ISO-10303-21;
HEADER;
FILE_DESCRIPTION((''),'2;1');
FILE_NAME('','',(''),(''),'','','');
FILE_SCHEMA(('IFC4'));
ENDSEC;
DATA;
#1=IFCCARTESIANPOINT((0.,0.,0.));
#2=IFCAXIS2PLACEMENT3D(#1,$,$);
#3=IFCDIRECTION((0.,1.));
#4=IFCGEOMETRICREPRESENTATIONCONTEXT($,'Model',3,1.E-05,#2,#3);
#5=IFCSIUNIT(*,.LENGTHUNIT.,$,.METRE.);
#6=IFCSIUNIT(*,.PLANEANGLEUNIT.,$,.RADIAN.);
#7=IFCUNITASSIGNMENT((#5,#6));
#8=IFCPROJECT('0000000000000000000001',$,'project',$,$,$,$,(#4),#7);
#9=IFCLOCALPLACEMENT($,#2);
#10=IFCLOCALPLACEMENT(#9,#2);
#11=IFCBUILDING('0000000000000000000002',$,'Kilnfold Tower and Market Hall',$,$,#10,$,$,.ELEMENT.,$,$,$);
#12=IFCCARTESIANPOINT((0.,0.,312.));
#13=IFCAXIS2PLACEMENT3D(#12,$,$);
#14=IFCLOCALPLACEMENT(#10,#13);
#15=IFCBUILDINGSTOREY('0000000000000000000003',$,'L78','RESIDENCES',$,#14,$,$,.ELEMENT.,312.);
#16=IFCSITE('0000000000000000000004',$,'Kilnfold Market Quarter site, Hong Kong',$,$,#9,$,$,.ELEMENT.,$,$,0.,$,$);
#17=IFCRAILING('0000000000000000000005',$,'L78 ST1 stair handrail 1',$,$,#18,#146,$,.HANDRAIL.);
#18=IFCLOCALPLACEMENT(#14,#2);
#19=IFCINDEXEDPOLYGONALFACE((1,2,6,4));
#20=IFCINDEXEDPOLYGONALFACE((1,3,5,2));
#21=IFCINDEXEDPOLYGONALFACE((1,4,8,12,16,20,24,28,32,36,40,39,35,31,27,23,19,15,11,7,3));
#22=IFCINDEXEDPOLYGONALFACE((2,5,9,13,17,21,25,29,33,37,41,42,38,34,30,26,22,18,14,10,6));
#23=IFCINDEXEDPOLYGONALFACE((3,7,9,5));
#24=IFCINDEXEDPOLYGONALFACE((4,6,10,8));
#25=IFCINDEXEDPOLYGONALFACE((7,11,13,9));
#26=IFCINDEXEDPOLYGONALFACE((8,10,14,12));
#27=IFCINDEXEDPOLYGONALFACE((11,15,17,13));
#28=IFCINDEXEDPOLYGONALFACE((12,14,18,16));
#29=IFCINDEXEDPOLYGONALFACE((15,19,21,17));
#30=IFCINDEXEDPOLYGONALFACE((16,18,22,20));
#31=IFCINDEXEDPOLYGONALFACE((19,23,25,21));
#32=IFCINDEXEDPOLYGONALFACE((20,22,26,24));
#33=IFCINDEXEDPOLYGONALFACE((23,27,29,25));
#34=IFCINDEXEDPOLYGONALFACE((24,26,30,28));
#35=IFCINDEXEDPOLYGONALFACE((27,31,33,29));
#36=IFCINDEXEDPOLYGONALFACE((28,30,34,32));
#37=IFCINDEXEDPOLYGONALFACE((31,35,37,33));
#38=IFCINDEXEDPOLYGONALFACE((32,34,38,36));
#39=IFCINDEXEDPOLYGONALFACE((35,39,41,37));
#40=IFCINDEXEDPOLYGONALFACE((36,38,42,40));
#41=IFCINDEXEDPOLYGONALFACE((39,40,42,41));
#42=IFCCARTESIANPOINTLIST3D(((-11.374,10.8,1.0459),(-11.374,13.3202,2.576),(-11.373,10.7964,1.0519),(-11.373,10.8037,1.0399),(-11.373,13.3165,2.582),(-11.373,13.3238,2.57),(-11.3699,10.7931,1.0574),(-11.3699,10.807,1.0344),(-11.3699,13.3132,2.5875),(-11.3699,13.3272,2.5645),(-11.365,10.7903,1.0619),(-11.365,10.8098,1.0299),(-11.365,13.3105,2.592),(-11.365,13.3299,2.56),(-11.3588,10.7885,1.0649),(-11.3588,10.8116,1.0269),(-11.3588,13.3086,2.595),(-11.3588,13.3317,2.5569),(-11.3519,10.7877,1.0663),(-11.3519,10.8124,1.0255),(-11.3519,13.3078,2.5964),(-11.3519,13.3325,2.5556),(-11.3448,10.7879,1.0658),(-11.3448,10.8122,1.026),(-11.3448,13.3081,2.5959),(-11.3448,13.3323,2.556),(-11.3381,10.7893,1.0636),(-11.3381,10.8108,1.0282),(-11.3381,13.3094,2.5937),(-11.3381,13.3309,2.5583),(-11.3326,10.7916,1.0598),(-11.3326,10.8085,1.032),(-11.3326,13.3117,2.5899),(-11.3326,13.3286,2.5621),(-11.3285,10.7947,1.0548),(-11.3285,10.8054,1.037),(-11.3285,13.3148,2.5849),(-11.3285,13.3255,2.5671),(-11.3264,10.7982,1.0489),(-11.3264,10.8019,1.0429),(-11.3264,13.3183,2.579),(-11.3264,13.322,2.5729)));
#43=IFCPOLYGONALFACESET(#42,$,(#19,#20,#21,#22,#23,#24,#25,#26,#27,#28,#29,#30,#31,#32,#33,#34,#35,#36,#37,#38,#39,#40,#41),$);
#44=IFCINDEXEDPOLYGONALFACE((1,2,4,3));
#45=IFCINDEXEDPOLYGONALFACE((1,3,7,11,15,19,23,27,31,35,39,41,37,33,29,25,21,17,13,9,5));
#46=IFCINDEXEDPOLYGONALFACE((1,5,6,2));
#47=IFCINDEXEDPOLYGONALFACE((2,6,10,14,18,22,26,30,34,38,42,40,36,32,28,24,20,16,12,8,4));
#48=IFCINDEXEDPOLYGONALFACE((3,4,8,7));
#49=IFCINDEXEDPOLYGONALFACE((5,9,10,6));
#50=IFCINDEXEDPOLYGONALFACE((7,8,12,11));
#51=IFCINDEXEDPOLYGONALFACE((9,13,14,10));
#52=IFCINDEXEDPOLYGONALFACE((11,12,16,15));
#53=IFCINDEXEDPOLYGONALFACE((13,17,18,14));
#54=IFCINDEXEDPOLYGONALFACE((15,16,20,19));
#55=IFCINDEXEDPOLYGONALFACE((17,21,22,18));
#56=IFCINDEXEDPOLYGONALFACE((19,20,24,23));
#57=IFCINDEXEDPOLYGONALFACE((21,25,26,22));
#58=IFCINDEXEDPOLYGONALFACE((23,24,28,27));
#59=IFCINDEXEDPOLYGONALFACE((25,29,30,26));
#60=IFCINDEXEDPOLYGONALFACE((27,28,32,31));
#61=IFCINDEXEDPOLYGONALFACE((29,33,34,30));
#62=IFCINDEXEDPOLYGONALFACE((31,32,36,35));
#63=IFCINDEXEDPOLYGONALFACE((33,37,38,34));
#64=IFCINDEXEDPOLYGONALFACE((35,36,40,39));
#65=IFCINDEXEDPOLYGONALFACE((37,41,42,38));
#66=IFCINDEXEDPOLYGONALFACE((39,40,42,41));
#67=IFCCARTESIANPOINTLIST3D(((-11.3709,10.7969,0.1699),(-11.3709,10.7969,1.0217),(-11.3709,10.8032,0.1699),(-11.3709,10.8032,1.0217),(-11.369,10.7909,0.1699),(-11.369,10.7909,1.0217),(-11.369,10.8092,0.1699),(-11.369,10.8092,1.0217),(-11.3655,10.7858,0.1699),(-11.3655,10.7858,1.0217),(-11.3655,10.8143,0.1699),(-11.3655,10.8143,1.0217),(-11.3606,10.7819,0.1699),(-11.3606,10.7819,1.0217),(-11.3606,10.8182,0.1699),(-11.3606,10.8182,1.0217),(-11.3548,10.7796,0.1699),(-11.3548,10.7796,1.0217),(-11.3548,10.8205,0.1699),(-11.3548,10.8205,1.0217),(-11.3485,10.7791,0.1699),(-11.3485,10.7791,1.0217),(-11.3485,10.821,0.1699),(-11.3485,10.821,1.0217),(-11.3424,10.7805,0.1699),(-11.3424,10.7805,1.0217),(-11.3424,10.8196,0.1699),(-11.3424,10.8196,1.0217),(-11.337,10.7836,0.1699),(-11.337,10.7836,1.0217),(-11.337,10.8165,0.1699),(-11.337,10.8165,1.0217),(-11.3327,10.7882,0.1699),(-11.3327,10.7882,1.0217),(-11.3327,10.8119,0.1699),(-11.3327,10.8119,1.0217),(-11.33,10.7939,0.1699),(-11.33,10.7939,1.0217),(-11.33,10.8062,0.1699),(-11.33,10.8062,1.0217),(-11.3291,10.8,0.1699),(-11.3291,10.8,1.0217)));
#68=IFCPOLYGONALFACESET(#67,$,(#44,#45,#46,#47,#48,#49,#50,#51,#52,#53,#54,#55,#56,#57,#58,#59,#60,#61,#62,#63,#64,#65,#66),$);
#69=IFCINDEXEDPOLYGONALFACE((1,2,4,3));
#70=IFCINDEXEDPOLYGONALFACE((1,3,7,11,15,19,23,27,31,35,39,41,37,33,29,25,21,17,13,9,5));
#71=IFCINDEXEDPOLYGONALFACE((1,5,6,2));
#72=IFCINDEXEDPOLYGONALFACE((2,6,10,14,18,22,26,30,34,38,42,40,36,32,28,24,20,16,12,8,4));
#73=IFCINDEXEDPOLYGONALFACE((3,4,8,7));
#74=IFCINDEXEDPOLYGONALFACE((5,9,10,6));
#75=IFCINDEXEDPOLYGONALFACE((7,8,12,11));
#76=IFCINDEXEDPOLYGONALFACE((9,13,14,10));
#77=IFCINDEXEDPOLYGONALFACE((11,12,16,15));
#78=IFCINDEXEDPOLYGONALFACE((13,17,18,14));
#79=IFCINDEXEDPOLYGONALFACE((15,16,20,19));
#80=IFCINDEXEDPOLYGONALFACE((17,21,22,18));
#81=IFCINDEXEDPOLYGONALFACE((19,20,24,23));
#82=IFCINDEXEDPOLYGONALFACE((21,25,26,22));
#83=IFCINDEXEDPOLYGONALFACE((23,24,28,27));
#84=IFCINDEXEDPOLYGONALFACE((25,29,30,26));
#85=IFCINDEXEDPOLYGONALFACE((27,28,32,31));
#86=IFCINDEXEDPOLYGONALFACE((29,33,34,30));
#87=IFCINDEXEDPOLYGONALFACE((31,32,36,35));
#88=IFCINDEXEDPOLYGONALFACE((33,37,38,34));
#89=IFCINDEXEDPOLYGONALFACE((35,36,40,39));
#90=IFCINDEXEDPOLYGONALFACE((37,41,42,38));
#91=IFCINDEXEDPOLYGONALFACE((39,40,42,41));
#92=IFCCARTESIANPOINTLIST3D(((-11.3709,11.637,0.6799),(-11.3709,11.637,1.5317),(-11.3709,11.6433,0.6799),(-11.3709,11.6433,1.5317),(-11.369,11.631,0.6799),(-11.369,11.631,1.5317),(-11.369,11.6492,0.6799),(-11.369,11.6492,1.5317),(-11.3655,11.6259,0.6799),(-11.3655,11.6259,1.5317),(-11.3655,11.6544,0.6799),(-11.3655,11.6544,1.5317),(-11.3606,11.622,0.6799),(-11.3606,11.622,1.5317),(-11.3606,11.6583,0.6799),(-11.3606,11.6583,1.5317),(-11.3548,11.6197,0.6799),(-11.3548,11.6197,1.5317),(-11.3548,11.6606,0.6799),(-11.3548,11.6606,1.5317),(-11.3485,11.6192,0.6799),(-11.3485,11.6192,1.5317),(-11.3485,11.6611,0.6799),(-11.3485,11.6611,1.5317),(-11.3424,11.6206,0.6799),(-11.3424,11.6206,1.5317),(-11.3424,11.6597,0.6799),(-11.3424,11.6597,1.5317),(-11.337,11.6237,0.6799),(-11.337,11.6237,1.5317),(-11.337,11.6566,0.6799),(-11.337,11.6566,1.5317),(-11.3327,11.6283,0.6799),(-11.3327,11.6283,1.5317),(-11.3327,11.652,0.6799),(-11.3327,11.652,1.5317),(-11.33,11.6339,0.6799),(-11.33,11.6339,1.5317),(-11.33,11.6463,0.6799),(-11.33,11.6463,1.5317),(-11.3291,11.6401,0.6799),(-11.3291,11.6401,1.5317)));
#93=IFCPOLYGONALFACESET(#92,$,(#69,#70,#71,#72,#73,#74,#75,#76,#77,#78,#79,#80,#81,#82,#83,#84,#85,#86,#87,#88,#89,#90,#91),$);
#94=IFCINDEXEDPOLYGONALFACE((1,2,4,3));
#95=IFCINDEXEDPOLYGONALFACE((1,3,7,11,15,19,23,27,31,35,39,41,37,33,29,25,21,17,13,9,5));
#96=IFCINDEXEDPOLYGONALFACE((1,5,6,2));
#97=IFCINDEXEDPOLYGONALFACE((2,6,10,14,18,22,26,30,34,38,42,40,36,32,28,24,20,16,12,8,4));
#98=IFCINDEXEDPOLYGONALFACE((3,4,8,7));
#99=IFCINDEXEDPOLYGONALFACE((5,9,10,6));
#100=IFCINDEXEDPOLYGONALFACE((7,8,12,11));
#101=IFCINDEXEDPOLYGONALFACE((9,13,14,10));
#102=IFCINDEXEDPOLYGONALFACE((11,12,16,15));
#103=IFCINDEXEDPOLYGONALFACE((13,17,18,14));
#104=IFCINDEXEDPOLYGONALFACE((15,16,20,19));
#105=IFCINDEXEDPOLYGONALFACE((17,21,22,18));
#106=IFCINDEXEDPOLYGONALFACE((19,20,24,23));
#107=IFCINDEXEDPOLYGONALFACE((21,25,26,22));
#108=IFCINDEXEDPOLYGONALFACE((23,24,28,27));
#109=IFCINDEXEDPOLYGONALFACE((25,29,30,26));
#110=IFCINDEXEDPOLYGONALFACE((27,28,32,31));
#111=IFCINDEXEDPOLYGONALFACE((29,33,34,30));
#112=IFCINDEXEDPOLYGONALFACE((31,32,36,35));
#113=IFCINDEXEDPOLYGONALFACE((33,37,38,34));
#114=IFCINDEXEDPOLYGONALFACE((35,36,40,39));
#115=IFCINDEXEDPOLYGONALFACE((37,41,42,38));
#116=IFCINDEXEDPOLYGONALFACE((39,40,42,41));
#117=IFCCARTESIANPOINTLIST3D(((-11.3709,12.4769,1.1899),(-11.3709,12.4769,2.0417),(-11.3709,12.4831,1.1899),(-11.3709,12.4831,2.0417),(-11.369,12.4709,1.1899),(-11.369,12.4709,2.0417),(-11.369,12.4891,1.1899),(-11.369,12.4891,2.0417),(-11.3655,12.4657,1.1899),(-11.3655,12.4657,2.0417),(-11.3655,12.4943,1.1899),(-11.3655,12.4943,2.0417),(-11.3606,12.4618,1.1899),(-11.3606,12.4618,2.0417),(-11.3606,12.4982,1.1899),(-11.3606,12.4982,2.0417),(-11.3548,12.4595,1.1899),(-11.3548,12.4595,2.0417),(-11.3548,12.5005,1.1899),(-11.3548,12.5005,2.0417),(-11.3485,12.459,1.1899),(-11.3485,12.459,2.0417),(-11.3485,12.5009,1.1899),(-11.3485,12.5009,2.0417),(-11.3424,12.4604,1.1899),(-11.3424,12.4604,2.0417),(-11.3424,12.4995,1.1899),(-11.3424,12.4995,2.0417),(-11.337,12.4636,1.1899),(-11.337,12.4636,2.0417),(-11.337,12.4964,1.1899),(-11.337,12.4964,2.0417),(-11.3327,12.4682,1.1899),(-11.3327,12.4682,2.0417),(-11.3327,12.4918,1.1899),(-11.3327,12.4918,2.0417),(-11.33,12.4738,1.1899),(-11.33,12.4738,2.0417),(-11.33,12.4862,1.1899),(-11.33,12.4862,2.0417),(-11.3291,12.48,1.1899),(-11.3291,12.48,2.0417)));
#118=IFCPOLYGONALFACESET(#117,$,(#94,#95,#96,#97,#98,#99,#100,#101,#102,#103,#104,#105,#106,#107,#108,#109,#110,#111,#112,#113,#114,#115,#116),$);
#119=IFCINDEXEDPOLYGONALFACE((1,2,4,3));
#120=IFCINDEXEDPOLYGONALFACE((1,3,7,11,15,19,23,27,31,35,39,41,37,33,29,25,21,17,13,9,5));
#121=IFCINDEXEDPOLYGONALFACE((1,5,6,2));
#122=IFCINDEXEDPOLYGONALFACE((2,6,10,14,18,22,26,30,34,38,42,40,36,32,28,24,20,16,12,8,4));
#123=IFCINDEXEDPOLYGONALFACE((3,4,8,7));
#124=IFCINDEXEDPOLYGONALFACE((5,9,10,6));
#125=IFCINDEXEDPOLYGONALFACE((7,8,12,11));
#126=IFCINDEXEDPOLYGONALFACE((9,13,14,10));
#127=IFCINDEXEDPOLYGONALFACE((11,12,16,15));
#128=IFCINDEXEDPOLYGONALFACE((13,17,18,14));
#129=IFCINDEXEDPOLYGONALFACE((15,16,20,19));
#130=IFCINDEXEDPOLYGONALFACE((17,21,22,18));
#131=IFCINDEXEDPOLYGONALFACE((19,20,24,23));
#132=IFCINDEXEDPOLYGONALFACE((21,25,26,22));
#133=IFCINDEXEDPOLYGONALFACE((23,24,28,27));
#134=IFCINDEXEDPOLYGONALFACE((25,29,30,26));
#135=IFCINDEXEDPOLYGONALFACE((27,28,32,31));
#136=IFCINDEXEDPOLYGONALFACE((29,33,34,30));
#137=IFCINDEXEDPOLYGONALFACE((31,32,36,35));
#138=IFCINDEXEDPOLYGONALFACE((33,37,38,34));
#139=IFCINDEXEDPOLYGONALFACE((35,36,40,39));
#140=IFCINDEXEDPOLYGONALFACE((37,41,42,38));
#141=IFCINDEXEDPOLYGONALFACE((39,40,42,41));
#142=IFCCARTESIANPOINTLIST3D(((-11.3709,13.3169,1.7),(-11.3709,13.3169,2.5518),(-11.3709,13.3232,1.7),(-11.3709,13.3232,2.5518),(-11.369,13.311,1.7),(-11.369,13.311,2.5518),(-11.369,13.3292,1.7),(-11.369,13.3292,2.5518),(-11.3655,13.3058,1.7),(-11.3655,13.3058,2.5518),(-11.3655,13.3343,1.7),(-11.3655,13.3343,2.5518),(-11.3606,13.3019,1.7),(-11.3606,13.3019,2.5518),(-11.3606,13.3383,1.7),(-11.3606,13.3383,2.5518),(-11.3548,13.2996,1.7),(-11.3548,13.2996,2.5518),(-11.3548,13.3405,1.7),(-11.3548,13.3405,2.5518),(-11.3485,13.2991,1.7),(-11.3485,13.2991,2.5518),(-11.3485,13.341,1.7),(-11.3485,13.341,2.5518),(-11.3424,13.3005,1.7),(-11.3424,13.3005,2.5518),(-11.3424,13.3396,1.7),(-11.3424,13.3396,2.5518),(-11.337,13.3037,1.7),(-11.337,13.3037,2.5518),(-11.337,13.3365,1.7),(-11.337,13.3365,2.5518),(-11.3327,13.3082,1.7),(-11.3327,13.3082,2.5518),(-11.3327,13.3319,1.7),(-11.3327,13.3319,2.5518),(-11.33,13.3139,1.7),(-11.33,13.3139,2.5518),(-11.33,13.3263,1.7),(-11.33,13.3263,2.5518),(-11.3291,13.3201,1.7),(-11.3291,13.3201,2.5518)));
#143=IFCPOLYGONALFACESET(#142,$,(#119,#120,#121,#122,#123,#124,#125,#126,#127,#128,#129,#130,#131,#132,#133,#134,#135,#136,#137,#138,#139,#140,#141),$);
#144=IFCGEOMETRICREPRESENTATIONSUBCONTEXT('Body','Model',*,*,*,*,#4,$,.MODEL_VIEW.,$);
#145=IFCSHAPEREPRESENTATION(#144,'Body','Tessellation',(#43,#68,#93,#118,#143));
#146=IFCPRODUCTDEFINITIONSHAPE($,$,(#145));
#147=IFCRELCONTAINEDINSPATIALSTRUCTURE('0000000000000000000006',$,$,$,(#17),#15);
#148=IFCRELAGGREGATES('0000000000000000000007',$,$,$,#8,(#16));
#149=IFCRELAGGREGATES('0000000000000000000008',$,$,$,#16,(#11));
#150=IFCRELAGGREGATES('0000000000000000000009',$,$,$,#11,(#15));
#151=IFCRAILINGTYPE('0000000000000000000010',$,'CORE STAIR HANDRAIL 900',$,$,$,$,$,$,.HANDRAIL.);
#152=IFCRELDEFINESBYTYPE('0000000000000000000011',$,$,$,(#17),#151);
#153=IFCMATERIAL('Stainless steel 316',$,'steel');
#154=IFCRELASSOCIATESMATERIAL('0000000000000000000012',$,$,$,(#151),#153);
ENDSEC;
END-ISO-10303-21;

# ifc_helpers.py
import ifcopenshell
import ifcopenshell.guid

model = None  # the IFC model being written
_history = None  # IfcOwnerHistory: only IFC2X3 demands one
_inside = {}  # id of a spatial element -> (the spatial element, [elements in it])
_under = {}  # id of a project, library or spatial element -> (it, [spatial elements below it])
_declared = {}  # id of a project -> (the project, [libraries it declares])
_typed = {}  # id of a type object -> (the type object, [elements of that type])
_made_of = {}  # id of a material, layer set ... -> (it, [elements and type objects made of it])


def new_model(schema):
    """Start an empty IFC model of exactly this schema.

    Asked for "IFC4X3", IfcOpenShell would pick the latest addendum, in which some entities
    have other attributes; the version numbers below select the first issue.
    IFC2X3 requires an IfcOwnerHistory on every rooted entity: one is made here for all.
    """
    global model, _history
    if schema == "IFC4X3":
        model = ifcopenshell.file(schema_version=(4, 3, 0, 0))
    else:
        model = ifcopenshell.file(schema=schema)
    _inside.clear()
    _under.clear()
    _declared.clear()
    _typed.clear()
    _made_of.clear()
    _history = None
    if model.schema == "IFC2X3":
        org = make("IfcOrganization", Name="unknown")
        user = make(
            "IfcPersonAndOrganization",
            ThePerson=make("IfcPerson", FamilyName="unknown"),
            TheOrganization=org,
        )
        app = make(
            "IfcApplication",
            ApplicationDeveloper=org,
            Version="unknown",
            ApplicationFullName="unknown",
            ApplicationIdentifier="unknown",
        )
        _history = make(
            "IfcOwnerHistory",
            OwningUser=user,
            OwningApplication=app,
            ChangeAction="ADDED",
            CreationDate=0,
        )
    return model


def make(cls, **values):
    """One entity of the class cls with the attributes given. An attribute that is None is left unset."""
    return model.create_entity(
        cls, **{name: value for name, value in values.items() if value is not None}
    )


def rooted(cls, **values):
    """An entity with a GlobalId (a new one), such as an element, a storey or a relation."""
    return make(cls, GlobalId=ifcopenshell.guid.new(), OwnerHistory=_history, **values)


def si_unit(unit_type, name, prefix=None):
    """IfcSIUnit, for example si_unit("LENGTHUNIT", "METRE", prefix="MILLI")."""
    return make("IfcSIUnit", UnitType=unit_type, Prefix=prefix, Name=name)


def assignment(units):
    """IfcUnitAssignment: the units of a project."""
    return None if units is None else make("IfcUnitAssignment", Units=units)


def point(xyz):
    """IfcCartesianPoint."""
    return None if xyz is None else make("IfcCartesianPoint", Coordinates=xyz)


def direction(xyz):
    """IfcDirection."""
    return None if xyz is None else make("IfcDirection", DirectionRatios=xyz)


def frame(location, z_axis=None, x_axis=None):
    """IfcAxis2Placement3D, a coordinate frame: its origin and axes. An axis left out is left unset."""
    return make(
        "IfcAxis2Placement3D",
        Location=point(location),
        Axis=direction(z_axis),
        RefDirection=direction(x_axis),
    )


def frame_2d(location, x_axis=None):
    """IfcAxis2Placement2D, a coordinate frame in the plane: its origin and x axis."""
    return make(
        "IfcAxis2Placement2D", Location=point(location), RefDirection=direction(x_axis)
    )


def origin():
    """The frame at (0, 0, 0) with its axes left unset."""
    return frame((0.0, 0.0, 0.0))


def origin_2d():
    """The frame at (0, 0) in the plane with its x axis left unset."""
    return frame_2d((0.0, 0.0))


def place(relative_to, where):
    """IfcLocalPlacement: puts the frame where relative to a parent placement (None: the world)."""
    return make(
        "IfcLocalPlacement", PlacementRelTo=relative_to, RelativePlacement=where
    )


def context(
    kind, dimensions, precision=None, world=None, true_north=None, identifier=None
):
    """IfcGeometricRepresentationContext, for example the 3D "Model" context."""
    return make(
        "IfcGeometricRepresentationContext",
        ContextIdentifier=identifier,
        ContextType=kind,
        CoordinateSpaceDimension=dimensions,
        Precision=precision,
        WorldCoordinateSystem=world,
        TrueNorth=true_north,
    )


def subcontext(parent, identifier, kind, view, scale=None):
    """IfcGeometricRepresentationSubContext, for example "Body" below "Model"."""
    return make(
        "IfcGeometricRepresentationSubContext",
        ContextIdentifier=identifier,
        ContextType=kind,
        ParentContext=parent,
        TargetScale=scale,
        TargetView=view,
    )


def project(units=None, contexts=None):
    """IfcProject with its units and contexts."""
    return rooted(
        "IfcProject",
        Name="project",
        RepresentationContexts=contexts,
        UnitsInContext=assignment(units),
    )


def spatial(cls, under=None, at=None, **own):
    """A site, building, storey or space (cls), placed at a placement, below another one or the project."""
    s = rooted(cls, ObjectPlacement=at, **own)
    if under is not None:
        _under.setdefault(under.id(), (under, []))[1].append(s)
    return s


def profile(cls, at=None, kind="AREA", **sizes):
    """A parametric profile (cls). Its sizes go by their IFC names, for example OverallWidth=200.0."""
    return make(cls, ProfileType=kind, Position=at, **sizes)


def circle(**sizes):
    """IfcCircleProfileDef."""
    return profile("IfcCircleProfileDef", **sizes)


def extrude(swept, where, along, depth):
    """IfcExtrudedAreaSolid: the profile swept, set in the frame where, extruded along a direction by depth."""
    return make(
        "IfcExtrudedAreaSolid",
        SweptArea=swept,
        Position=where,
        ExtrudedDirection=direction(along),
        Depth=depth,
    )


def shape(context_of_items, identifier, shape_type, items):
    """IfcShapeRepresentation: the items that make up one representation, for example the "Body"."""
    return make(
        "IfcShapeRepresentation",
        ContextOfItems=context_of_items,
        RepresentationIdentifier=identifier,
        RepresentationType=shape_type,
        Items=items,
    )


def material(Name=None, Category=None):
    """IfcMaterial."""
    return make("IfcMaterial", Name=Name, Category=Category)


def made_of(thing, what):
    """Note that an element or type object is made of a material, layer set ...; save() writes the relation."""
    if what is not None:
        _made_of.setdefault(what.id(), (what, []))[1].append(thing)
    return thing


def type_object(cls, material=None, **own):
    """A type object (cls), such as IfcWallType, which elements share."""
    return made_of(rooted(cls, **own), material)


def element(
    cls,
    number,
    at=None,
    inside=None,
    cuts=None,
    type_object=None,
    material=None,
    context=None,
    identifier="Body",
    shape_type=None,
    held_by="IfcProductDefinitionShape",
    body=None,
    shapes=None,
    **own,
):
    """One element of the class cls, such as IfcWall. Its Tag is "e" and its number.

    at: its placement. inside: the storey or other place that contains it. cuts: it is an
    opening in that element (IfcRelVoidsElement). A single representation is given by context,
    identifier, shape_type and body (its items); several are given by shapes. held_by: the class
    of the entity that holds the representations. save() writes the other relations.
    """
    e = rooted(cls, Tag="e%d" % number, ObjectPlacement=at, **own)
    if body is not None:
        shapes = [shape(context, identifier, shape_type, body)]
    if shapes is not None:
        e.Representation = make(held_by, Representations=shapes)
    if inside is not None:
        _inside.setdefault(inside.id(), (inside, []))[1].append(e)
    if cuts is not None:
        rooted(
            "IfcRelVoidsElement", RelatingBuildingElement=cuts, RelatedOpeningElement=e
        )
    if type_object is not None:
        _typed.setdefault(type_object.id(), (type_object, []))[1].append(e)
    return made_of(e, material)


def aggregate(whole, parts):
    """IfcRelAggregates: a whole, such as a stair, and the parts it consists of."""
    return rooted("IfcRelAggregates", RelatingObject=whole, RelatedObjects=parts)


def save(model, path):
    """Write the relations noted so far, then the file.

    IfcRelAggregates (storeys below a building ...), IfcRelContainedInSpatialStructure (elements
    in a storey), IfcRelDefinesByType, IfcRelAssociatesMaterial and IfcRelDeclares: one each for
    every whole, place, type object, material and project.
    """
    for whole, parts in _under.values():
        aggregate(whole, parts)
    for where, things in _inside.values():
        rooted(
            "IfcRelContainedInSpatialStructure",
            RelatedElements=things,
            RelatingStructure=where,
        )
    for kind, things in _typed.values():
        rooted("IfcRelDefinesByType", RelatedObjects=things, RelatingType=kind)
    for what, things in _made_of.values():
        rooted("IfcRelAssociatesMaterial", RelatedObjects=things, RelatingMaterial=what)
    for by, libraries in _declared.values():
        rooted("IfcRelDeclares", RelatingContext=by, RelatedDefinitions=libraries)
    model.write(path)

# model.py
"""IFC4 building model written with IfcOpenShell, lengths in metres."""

from ifc_helpers import new_model, si_unit, direction, frame, origin, origin_2d, place, context, subcontext, project, spatial, circle, extrude, material, type_object, element, save


model = new_model("IFC4")

# Units and contexts
model_context = context("Model", 3, precision=1e-05, world=origin(), true_north=direction((0.0, 1.0)))
body_context = subcontext(model_context, "Body", "Model", "MODEL_VIEW")
ifc_project = project(units=[si_unit("LENGTHUNIT", "METRE"), si_unit("PLANEANGLEUNIT", "RADIAN")], contexts=[model_context])

# Site, building, storey
site_placement = place(None, origin())
site = spatial("IfcSite", under=ifc_project, at=site_placement, Name="Kilnfold Market Quarter site, Hong Kong", CompositionType="ELEMENT", RefElevation=0.0)
building_placement = place(site_placement, origin())
building = spatial("IfcBuilding", under=site, at=building_placement, Name="Kilnfold Tower and Market Hall", CompositionType="ELEMENT")
storey_placement = place(building_placement, frame((0.0, 0.0, 312.0)))
storey = spatial("IfcBuildingStorey", under=building, at=storey_placement, Name="L78", Description="RESIDENCES", CompositionType="ELEMENT", Elevation=312.0)

# Railing
ifc_material_1 = material(Name="Stainless steel 316", Category="steel")
railing_type_1 = type_object("IfcRailingType", Name="CORE STAIR HANDRAIL 900", PredefinedType="HANDRAIL", material=ifc_material_1)
railing_1_placement = place(storey_placement, frame((-11.3501, 10.8, 0.1699)))
element("IfcRailing", 1, at=railing_1_placement, inside=storey, type_object=railing_type_1, Name="L78 ST1 stair handrail 1", PredefinedType="HANDRAIL", context=body_context, shape_type="SweptSolid", body=[
    extrude(circle(Radius=0.0239, at=origin_2d()), frame((0.0, 0.0, 0.876), z_axis=(0.0, 0.854785, 0.518982), x_axis=(-1.0, 0.0, 0.0)), (0.0, 0.0, 1.0), 2.9482),
    extrude(circle(Radius=0.021, at=origin_2d()), origin(), (0.0, 0.0, 1.0), 0.8518),
    extrude(circle(Radius=0.021, at=origin_2d()), frame((0.0, 0.8401, 0.51)), (0.0, 0.0, 1.0), 0.8518),
    extrude(circle(Radius=0.021, at=origin_2d()), frame((0.0, 1.6799, 1.02)), (0.0, 0.0, 1.0), 0.8518),
    extrude(circle(Radius=0.021, at=origin_2d()), frame((0.0, 2.52, 1.53)), (0.0, 0.0, 1.0), 0.8518),
])

save(model, "model.ifc")
